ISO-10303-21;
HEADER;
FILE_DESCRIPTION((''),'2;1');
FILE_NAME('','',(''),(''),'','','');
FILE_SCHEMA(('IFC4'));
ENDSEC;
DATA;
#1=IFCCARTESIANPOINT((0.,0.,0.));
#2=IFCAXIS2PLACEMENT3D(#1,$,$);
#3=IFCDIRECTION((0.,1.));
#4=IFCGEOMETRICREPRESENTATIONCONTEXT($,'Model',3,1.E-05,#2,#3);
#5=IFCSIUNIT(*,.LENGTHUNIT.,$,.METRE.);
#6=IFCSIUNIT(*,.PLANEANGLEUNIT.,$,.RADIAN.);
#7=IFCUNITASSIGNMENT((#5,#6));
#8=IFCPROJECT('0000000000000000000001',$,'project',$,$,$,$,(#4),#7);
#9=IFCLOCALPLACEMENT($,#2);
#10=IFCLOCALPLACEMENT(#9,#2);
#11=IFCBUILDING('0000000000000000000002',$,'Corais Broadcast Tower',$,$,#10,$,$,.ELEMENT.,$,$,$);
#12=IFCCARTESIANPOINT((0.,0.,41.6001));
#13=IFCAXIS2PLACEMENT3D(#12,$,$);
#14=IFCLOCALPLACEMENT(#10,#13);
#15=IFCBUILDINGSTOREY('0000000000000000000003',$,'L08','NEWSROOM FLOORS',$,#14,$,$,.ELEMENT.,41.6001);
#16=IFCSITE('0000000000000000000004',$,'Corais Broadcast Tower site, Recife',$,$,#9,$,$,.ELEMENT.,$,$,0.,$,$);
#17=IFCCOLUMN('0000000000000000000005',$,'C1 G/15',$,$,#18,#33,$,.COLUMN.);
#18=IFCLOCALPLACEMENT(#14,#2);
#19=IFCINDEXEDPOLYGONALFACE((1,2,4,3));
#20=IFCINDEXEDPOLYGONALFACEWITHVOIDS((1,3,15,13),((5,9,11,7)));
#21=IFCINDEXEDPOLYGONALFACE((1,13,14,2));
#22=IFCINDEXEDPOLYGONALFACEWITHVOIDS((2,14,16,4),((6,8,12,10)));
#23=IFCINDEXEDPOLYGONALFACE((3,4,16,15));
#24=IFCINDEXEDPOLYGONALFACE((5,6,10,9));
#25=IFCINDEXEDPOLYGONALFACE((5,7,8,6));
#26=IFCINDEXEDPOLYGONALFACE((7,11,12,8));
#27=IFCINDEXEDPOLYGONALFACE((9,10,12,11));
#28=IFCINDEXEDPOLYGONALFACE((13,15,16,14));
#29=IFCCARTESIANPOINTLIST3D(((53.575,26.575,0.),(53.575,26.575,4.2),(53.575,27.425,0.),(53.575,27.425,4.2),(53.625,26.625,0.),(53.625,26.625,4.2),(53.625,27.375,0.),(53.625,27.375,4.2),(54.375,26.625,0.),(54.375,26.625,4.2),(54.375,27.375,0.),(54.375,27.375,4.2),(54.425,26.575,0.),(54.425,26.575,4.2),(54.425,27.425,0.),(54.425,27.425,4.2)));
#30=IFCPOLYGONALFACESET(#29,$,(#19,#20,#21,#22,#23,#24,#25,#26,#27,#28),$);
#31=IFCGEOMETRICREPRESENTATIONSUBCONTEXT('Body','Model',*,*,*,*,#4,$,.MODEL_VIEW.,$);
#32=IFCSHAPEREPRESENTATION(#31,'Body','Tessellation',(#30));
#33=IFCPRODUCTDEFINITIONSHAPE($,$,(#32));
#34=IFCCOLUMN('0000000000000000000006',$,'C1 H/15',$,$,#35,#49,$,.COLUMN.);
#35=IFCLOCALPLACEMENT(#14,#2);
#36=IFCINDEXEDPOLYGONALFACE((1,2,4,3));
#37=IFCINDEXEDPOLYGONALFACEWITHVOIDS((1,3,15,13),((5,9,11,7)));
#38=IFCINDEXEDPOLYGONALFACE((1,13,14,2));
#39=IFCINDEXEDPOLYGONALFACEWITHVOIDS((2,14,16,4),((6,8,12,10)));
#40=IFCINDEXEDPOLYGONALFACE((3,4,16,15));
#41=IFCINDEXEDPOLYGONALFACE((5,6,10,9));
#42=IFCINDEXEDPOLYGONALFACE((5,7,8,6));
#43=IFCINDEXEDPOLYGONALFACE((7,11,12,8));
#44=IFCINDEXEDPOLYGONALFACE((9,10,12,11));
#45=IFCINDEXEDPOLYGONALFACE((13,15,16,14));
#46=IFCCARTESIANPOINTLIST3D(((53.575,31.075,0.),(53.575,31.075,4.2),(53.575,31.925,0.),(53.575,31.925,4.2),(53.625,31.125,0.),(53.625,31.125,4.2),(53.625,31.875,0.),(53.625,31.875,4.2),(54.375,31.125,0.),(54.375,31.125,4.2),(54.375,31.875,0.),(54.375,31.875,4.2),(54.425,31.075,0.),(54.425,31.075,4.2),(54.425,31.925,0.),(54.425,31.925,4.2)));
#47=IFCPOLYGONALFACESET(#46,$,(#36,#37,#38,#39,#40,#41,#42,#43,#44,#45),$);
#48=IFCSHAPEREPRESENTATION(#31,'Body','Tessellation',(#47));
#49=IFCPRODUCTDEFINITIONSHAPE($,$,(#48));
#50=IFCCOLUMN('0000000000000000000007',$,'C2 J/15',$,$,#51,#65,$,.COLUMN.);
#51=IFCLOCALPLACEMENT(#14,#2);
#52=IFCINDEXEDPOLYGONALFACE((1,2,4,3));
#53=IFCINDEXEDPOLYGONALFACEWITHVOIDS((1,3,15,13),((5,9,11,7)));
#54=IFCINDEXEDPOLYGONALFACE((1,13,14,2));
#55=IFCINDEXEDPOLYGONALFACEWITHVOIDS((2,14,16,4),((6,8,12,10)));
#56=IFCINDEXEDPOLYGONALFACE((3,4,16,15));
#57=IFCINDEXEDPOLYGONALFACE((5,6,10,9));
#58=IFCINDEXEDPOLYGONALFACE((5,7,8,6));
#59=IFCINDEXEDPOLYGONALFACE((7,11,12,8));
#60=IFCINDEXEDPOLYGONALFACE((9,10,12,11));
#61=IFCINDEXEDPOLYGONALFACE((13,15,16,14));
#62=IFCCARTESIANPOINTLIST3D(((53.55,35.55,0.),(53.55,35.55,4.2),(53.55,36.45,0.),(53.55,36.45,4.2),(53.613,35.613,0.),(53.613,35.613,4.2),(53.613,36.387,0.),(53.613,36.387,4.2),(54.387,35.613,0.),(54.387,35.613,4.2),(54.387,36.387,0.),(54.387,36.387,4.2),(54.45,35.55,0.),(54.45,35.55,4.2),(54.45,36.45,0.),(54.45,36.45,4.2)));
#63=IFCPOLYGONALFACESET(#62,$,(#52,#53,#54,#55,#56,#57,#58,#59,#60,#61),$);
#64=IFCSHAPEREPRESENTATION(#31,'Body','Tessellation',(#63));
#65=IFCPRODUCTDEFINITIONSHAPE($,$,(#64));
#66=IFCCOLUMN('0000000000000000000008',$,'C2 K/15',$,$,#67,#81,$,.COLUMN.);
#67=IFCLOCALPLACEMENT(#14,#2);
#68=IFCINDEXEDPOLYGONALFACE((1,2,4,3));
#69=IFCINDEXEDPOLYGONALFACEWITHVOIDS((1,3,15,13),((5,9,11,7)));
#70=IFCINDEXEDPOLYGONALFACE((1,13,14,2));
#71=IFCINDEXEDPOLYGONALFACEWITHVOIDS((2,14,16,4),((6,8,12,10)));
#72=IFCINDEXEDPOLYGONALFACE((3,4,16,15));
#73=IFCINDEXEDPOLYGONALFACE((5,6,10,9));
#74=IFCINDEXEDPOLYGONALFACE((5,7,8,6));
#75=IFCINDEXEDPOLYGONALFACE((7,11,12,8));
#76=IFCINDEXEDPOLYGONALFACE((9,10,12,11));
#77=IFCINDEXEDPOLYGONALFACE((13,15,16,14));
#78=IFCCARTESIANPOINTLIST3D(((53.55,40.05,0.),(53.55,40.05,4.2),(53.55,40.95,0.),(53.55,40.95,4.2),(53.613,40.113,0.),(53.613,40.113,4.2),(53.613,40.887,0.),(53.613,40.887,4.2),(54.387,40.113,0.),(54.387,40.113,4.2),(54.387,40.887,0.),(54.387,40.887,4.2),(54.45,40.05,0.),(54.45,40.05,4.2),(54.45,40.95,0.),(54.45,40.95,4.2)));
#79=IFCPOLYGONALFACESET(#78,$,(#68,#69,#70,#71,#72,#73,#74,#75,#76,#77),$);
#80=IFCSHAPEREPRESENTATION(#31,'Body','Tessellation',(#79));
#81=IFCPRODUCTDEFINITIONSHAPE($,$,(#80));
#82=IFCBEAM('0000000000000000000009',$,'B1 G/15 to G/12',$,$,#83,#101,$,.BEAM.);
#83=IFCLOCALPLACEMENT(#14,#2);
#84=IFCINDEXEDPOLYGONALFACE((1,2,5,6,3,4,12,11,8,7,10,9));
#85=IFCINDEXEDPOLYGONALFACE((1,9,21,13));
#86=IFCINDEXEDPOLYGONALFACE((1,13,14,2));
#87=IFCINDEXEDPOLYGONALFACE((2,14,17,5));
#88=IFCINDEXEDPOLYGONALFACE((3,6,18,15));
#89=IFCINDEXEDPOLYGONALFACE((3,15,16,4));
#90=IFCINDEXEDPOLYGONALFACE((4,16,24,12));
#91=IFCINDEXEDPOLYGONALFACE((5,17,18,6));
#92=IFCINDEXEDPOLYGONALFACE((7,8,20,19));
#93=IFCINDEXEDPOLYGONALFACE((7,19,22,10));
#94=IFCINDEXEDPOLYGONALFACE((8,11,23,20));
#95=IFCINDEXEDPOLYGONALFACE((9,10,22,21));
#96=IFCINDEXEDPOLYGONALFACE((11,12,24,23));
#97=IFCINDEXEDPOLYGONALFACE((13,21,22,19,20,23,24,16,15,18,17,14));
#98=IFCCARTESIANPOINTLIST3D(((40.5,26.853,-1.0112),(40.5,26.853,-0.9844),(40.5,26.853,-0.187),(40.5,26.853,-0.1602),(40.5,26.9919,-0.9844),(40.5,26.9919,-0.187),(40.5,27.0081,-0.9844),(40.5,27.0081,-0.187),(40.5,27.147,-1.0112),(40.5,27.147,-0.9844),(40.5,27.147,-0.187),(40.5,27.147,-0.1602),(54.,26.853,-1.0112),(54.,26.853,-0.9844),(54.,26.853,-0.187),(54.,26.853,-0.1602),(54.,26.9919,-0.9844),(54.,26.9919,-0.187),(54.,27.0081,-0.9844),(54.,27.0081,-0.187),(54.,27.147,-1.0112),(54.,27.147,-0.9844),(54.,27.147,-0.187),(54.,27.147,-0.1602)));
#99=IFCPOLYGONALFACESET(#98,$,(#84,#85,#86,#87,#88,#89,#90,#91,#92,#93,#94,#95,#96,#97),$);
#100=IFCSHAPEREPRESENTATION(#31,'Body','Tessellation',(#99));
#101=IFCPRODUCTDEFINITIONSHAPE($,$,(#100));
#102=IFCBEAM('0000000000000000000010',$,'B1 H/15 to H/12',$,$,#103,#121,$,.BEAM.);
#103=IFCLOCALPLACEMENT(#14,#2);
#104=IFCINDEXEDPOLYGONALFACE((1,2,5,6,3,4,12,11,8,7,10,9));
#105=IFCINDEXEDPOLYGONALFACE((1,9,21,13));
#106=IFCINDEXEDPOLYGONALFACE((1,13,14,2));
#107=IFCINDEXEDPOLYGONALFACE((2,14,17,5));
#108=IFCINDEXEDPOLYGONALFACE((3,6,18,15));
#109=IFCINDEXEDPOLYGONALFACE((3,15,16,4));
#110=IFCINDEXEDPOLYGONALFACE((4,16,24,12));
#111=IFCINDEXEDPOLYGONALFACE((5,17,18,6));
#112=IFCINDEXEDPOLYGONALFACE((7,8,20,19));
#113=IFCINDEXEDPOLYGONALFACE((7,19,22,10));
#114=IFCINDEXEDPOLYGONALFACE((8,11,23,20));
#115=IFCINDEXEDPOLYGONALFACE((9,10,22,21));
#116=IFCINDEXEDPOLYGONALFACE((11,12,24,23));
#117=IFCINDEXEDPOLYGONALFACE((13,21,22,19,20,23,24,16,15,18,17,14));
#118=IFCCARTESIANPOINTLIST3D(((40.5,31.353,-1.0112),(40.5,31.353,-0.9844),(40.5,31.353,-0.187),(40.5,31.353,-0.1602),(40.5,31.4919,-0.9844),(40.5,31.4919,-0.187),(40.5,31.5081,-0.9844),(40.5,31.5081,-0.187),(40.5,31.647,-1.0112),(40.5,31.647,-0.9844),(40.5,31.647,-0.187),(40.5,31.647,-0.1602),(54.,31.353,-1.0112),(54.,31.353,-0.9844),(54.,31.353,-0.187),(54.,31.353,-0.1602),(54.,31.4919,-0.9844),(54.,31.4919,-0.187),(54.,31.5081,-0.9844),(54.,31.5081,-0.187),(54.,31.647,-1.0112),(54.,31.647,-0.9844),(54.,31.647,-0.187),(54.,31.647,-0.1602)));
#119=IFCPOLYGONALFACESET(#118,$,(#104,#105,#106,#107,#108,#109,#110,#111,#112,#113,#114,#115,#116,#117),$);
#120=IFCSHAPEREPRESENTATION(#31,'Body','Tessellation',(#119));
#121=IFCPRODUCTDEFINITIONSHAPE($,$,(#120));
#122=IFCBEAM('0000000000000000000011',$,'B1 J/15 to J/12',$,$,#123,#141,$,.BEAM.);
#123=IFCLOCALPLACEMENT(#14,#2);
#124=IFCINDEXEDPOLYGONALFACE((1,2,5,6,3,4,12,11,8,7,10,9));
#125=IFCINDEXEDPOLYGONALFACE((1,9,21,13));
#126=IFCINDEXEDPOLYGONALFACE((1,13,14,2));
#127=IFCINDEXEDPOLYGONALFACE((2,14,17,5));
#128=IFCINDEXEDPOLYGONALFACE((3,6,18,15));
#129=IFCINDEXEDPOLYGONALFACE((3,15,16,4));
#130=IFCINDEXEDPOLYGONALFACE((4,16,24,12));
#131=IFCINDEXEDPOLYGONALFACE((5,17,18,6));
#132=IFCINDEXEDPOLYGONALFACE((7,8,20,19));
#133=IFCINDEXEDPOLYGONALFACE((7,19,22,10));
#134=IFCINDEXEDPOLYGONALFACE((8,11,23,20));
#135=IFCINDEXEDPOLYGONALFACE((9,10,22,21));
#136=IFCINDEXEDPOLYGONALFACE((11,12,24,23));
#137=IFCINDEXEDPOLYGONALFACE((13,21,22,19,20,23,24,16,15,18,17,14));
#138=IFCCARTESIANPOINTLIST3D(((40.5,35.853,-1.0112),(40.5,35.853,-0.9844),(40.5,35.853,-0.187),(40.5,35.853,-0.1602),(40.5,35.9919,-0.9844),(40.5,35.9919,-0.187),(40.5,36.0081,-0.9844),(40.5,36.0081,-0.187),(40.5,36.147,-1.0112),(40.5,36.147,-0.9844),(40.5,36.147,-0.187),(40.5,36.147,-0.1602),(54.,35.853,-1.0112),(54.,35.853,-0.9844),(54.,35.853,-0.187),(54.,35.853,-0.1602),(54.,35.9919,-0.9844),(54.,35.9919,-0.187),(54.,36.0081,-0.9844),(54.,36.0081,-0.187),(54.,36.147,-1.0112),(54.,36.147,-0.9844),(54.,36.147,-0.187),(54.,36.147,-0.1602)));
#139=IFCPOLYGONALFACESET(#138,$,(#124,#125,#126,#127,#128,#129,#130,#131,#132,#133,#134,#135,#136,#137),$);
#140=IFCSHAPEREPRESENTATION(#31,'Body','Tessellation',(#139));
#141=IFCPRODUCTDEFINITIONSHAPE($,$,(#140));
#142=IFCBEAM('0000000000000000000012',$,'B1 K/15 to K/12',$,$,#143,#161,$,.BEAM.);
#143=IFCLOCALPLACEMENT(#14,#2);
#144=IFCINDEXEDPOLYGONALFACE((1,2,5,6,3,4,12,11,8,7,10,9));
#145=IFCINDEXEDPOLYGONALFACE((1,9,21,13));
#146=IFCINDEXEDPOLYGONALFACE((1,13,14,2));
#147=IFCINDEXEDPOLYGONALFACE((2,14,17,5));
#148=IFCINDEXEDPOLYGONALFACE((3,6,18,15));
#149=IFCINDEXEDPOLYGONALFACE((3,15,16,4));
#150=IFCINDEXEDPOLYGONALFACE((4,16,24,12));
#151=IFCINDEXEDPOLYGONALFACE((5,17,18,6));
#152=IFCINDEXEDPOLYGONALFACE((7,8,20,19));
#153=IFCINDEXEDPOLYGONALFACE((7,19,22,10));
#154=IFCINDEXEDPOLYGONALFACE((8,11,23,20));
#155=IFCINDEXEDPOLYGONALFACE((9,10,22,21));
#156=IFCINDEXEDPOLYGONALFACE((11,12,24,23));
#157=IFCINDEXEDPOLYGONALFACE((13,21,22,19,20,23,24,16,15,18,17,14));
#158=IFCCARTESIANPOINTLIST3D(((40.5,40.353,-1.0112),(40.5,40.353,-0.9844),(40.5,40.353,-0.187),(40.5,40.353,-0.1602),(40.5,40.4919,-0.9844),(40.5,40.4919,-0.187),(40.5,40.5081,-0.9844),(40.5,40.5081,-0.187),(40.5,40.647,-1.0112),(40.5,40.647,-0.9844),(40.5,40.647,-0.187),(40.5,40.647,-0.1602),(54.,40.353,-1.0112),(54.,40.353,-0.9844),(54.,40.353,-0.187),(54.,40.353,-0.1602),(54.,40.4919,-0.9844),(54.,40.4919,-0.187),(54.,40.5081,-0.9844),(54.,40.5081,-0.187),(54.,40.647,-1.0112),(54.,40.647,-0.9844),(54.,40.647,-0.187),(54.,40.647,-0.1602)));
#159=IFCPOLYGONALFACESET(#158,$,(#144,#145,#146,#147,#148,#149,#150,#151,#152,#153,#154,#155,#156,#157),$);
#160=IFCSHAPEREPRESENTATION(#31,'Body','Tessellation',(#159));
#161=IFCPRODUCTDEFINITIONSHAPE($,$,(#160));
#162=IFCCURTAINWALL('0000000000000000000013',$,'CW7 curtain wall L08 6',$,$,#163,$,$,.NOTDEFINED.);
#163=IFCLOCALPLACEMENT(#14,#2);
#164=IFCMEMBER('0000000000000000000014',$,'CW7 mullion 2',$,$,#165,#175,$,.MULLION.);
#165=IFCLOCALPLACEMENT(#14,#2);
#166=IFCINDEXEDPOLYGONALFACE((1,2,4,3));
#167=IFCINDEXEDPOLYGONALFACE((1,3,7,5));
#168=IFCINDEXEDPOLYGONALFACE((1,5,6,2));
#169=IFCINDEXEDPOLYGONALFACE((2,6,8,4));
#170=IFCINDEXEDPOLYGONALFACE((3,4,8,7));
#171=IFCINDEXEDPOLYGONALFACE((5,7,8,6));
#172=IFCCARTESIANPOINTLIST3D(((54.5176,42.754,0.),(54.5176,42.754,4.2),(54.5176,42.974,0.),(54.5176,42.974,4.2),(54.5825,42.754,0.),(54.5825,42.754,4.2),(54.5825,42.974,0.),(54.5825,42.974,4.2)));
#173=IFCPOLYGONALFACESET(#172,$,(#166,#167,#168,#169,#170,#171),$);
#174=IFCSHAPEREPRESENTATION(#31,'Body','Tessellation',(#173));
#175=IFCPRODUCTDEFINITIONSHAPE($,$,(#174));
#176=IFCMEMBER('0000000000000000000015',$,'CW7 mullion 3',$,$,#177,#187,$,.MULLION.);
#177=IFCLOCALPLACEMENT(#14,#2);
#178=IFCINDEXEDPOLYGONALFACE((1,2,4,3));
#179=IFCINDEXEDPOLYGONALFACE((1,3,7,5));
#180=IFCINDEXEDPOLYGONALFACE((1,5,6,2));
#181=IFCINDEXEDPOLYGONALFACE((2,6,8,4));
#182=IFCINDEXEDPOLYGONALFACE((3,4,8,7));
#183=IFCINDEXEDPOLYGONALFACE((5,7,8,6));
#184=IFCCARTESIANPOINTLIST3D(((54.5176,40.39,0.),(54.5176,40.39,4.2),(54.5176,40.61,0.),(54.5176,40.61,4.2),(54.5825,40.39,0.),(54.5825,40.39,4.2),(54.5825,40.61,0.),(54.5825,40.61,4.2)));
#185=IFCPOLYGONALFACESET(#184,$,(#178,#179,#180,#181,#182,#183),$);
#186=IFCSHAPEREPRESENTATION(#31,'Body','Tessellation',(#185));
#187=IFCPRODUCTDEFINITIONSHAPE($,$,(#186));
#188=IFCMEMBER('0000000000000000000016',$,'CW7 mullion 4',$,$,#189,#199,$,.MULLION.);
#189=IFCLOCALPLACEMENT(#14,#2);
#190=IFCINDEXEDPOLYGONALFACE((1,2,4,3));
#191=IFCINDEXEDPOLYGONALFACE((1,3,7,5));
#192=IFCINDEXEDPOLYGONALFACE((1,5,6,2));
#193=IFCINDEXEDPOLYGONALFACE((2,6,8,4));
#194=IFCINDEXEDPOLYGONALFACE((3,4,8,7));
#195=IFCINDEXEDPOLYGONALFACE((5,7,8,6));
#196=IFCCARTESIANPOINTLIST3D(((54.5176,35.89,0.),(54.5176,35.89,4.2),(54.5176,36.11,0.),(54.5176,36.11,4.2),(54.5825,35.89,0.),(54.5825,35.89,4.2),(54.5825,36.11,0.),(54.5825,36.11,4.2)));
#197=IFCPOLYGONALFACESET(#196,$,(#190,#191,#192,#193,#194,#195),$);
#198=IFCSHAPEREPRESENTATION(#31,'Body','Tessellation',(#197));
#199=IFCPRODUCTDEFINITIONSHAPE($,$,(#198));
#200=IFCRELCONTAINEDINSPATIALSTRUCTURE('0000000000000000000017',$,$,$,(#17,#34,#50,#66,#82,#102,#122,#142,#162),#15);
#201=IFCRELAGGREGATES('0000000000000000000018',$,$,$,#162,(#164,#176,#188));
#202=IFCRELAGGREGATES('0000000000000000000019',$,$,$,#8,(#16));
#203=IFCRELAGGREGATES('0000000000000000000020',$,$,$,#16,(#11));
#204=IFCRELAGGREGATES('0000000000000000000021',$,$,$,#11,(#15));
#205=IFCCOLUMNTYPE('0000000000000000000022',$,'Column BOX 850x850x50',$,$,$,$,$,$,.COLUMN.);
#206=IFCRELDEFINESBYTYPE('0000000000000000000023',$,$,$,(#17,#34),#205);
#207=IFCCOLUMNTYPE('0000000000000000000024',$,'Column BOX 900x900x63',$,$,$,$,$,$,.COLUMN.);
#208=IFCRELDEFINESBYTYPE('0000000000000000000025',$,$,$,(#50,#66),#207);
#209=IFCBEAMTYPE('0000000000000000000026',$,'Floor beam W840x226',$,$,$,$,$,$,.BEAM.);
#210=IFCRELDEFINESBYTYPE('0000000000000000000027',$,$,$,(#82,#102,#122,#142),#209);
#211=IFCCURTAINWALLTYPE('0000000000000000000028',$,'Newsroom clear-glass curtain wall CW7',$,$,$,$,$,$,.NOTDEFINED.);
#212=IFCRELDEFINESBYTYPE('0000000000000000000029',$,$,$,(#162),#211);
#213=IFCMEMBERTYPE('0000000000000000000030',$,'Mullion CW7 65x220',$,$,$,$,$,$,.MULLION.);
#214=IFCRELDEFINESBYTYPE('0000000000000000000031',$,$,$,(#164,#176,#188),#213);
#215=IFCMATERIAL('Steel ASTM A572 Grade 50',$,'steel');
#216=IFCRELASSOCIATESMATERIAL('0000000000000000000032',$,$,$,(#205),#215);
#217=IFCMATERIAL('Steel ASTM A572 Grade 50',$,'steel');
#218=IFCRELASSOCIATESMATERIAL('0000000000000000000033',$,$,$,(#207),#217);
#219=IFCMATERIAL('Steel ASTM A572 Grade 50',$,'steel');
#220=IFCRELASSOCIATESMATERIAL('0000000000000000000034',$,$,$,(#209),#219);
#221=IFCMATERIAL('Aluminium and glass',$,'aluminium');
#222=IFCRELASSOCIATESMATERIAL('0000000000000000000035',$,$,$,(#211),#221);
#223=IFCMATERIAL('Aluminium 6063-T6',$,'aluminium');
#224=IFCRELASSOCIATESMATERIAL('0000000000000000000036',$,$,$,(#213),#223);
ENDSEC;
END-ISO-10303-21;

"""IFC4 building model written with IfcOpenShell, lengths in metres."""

from ifc_helpers import new_model, si_unit, direction, frame, origin, origin_2d, place, context, subcontext, project, spatial, rectangle, hollow_rectangle, i_section, extrude, material, material_profile, profile_set, type_object, element, aggregate, save


model = new_model("IFC4")

# Units and contexts
model_context = context("Model", 3, precision=1e-05, world=origin(), true_north=direction((0.0, 1.0)))
body_context = subcontext(model_context, "Body", "Model", "MODEL_VIEW")
ifc_project = project(units=[si_unit("LENGTHUNIT", "METRE"), si_unit("PLANEANGLEUNIT", "RADIAN")], contexts=[model_context])

# Site, building, storey
site_placement = place(None, origin())
site = spatial("IfcSite", under=ifc_project, at=site_placement, Name="Corais Broadcast Tower site, Recife", CompositionType="ELEMENT", RefElevation=0.0)
building_placement = place(site_placement, origin())
building = spatial("IfcBuilding", under=site, at=building_placement, Name="Corais Broadcast Tower", CompositionType="ELEMENT")
storey_placement = place(building_placement, frame((0.0, 0.0, 41.6001)))
storey = spatial("IfcBuildingStorey", under=building, at=storey_placement, Name="L08", Description="NEWSROOM FLOORS", CompositionType="ELEMENT", Elevation=41.6001)

# Columns
ifc_material_1 = material(Name="Steel ASTM A572 Grade 50", Category="steel")
ifc_material_profile_1 = material_profile(ifc_material_1, hollow_rectangle(XDim=0.8501, YDim=0.8501, WallThickness=0.05, at=origin_2d()), Name="BOX 850x850x50")
ifc_profile_set_1 = profile_set([ifc_material_profile_1], Name="Steel ASTM A572 Grade 50")
column_type_1 = type_object("IfcColumnType", Name="Column BOX 850x850x50", PredefinedType="COLUMN", material=ifc_profile_set_1)
for number, where, z_axis, x_axis, name in (
    (1, (54.0, 27.0, 0.0), (0.0, 0.0, 1.0), (1.0, 0.0, 0.0), "C1 G/15"),
    (2, (54.0, 31.5, 0.0), (0.0, 0.0, 1.0), (1.0, 0.0, 0.0), "C1 H/15"),
):
    element("IfcColumn", number, at=place(storey_placement, frame(where, z_axis=z_axis, x_axis=x_axis)), inside=storey, type_object=column_type_1, Name=name, PredefinedType="COLUMN", context=body_context, shape_type="SweptSolid", body=[
        extrude(hollow_rectangle(XDim=0.8501, YDim=0.8501, WallThickness=0.05, at=origin_2d()), origin(), (0.0, 0.0, 1.0), 4.2),
    ])
ifc_material_2 = material(Name="Steel ASTM A572 Grade 50", Category="steel")
ifc_material_profile_2 = material_profile(ifc_material_2, hollow_rectangle(XDim=0.8999, YDim=0.8999, WallThickness=0.063, at=origin_2d()), Name="BOX 900x900x63")
ifc_profile_set_2 = profile_set([ifc_material_profile_2], Name="Steel ASTM A572 Grade 50")
column_type_2 = type_object("IfcColumnType", Name="Column BOX 900x900x63", PredefinedType="COLUMN", material=ifc_profile_set_2)
for number, where, z_axis, x_axis, name in (
    (3, (54.0, 36.0, 0.0), (0.0, 0.0, 1.0), (1.0, 0.0, 0.0), "C2 J/15"),
    (4, (54.0, 40.5, 0.0), (0.0, 0.0, 1.0), (1.0, 0.0, 0.0), "C2 K/15"),
):
    element("IfcColumn", number, at=place(storey_placement, frame(where, z_axis=z_axis, x_axis=x_axis)), inside=storey, type_object=column_type_2, Name=name, PredefinedType="COLUMN", context=body_context, shape_type="SweptSolid", body=[
        extrude(hollow_rectangle(XDim=0.8999, YDim=0.8999, WallThickness=0.063, at=origin_2d()), origin(), (0.0, 0.0, 1.0), 4.2),
    ])

# Beams
ifc_material_3 = material(Name="Steel ASTM A572 Grade 50", Category="steel")
ifc_material_profile_3 = material_profile(ifc_material_3, i_section(OverallWidth=0.2939, OverallDepth=0.8511, WebThickness=0.0161, FlangeThickness=0.0269, at=origin_2d()), Name="W840x226")
ifc_profile_set_3 = profile_set([ifc_material_profile_3], Name="Steel ASTM A572 Grade 50")
beam_type_1 = type_object("IfcBeamType", Name="Floor beam W840x226", PredefinedType="BEAM", material=ifc_profile_set_3)
for number, where, z_axis, x_axis, name in (
    (5, (54.0, 27.0, -0.5857), (-1.0, 0.0, 0.0), (0.0, -1.0, 0.0), "B1 G/15 to G/12"),
    (6, (54.0, 31.5, -0.5857), (-1.0, 0.0, 0.0), (0.0, -1.0, 0.0), "B1 H/15 to H/12"),
    (7, (54.0, 36.0, -0.5857), (-1.0, 0.0, 0.0), (0.0, -1.0, 0.0), "B1 J/15 to J/12"),
    (8, (54.0, 40.5, -0.5857), (-1.0, 0.0, 0.0), (0.0, -1.0, 0.0), "B1 K/15 to K/12"),
):
    element("IfcBeam", number, at=place(storey_placement, frame(where, z_axis=z_axis, x_axis=x_axis)), inside=storey, type_object=beam_type_1, Name=name, PredefinedType="BEAM", context=body_context, shape_type="SweptSolid", body=[
        extrude(i_section(OverallWidth=0.2939, OverallDepth=0.8511, WebThickness=0.0161, FlangeThickness=0.0269, at=origin_2d()), origin(), (0.0, 0.0, 1.0), 13.5),
    ])

# Curtain wall, members
ifc_material_4 = material(Name="Aluminium and glass", Category="aluminium")
curtain_wall_type = type_object("IfcCurtainWallType", Name="Newsroom clear-glass curtain wall CW7", PredefinedType="NOTDEFINED", material=ifc_material_4)
curtain_wall_placement = place(storey_placement, origin())
curtain_wall = element("IfcCurtainWall", 9, at=curtain_wall_placement, inside=storey, type_object=curtain_wall_type, Name="CW7 curtain wall L08 6", PredefinedType="NOTDEFINED")
ifc_material_5 = material(Name="Aluminium 6063-T6", Category="aluminium")
ifc_material_profile_4 = material_profile(ifc_material_5, rectangle(XDim=0.0649, YDim=0.22, at=origin_2d()), Name="Mullion CW7 65x220")
ifc_profile_set_4 = profile_set([ifc_material_profile_4], Name="Aluminium 6063-T6")
member_type_1 = type_object("IfcMemberType", Name="Mullion CW7 65x220", PredefinedType="MULLION", material=ifc_profile_set_4)
member_1_placement = place(storey_placement, frame((54.55, 42.864, 0.0), z_axis=(0.0, 0.0, 1.0), x_axis=(1.0, 0.0, 0.0)))
member_1 = element("IfcMember", 10, at=member_1_placement, type_object=member_type_1, Name="CW7 mullion 2", PredefinedType="MULLION", context=body_context, shape_type="SweptSolid", body=[
    extrude(rectangle(XDim=0.0649, YDim=0.22, at=origin_2d()), origin(), (0.0, 0.0, 1.0), 4.2),
])
member_2_placement = place(storey_placement, frame((54.55, 40.5, 0.0), z_axis=(0.0, 0.0, 1.0), x_axis=(1.0, 0.0, 0.0)))
member_2 = element("IfcMember", 11, at=member_2_placement, type_object=member_type_1, Name="CW7 mullion 3", PredefinedType="MULLION", context=body_context, shape_type="SweptSolid", body=[
    extrude(rectangle(XDim=0.0649, YDim=0.22, at=origin_2d()), origin(), (0.0, 0.0, 1.0), 4.2),
])
member_3_placement = place(storey_placement, frame((54.55, 36.0, 0.0), z_axis=(0.0, 0.0, 1.0), x_axis=(1.0, 0.0, 0.0)))
member_3 = element("IfcMember", 12, at=member_3_placement, type_object=member_type_1, Name="CW7 mullion 4", PredefinedType="MULLION", context=body_context, shape_type="SweptSolid", body=[
    extrude(rectangle(XDim=0.0649, YDim=0.22, at=origin_2d()), origin(), (0.0, 0.0, 1.0), 4.2),
])

aggregate(curtain_wall, [member_1, member_2, member_3])

save(model, "model.ifc")
